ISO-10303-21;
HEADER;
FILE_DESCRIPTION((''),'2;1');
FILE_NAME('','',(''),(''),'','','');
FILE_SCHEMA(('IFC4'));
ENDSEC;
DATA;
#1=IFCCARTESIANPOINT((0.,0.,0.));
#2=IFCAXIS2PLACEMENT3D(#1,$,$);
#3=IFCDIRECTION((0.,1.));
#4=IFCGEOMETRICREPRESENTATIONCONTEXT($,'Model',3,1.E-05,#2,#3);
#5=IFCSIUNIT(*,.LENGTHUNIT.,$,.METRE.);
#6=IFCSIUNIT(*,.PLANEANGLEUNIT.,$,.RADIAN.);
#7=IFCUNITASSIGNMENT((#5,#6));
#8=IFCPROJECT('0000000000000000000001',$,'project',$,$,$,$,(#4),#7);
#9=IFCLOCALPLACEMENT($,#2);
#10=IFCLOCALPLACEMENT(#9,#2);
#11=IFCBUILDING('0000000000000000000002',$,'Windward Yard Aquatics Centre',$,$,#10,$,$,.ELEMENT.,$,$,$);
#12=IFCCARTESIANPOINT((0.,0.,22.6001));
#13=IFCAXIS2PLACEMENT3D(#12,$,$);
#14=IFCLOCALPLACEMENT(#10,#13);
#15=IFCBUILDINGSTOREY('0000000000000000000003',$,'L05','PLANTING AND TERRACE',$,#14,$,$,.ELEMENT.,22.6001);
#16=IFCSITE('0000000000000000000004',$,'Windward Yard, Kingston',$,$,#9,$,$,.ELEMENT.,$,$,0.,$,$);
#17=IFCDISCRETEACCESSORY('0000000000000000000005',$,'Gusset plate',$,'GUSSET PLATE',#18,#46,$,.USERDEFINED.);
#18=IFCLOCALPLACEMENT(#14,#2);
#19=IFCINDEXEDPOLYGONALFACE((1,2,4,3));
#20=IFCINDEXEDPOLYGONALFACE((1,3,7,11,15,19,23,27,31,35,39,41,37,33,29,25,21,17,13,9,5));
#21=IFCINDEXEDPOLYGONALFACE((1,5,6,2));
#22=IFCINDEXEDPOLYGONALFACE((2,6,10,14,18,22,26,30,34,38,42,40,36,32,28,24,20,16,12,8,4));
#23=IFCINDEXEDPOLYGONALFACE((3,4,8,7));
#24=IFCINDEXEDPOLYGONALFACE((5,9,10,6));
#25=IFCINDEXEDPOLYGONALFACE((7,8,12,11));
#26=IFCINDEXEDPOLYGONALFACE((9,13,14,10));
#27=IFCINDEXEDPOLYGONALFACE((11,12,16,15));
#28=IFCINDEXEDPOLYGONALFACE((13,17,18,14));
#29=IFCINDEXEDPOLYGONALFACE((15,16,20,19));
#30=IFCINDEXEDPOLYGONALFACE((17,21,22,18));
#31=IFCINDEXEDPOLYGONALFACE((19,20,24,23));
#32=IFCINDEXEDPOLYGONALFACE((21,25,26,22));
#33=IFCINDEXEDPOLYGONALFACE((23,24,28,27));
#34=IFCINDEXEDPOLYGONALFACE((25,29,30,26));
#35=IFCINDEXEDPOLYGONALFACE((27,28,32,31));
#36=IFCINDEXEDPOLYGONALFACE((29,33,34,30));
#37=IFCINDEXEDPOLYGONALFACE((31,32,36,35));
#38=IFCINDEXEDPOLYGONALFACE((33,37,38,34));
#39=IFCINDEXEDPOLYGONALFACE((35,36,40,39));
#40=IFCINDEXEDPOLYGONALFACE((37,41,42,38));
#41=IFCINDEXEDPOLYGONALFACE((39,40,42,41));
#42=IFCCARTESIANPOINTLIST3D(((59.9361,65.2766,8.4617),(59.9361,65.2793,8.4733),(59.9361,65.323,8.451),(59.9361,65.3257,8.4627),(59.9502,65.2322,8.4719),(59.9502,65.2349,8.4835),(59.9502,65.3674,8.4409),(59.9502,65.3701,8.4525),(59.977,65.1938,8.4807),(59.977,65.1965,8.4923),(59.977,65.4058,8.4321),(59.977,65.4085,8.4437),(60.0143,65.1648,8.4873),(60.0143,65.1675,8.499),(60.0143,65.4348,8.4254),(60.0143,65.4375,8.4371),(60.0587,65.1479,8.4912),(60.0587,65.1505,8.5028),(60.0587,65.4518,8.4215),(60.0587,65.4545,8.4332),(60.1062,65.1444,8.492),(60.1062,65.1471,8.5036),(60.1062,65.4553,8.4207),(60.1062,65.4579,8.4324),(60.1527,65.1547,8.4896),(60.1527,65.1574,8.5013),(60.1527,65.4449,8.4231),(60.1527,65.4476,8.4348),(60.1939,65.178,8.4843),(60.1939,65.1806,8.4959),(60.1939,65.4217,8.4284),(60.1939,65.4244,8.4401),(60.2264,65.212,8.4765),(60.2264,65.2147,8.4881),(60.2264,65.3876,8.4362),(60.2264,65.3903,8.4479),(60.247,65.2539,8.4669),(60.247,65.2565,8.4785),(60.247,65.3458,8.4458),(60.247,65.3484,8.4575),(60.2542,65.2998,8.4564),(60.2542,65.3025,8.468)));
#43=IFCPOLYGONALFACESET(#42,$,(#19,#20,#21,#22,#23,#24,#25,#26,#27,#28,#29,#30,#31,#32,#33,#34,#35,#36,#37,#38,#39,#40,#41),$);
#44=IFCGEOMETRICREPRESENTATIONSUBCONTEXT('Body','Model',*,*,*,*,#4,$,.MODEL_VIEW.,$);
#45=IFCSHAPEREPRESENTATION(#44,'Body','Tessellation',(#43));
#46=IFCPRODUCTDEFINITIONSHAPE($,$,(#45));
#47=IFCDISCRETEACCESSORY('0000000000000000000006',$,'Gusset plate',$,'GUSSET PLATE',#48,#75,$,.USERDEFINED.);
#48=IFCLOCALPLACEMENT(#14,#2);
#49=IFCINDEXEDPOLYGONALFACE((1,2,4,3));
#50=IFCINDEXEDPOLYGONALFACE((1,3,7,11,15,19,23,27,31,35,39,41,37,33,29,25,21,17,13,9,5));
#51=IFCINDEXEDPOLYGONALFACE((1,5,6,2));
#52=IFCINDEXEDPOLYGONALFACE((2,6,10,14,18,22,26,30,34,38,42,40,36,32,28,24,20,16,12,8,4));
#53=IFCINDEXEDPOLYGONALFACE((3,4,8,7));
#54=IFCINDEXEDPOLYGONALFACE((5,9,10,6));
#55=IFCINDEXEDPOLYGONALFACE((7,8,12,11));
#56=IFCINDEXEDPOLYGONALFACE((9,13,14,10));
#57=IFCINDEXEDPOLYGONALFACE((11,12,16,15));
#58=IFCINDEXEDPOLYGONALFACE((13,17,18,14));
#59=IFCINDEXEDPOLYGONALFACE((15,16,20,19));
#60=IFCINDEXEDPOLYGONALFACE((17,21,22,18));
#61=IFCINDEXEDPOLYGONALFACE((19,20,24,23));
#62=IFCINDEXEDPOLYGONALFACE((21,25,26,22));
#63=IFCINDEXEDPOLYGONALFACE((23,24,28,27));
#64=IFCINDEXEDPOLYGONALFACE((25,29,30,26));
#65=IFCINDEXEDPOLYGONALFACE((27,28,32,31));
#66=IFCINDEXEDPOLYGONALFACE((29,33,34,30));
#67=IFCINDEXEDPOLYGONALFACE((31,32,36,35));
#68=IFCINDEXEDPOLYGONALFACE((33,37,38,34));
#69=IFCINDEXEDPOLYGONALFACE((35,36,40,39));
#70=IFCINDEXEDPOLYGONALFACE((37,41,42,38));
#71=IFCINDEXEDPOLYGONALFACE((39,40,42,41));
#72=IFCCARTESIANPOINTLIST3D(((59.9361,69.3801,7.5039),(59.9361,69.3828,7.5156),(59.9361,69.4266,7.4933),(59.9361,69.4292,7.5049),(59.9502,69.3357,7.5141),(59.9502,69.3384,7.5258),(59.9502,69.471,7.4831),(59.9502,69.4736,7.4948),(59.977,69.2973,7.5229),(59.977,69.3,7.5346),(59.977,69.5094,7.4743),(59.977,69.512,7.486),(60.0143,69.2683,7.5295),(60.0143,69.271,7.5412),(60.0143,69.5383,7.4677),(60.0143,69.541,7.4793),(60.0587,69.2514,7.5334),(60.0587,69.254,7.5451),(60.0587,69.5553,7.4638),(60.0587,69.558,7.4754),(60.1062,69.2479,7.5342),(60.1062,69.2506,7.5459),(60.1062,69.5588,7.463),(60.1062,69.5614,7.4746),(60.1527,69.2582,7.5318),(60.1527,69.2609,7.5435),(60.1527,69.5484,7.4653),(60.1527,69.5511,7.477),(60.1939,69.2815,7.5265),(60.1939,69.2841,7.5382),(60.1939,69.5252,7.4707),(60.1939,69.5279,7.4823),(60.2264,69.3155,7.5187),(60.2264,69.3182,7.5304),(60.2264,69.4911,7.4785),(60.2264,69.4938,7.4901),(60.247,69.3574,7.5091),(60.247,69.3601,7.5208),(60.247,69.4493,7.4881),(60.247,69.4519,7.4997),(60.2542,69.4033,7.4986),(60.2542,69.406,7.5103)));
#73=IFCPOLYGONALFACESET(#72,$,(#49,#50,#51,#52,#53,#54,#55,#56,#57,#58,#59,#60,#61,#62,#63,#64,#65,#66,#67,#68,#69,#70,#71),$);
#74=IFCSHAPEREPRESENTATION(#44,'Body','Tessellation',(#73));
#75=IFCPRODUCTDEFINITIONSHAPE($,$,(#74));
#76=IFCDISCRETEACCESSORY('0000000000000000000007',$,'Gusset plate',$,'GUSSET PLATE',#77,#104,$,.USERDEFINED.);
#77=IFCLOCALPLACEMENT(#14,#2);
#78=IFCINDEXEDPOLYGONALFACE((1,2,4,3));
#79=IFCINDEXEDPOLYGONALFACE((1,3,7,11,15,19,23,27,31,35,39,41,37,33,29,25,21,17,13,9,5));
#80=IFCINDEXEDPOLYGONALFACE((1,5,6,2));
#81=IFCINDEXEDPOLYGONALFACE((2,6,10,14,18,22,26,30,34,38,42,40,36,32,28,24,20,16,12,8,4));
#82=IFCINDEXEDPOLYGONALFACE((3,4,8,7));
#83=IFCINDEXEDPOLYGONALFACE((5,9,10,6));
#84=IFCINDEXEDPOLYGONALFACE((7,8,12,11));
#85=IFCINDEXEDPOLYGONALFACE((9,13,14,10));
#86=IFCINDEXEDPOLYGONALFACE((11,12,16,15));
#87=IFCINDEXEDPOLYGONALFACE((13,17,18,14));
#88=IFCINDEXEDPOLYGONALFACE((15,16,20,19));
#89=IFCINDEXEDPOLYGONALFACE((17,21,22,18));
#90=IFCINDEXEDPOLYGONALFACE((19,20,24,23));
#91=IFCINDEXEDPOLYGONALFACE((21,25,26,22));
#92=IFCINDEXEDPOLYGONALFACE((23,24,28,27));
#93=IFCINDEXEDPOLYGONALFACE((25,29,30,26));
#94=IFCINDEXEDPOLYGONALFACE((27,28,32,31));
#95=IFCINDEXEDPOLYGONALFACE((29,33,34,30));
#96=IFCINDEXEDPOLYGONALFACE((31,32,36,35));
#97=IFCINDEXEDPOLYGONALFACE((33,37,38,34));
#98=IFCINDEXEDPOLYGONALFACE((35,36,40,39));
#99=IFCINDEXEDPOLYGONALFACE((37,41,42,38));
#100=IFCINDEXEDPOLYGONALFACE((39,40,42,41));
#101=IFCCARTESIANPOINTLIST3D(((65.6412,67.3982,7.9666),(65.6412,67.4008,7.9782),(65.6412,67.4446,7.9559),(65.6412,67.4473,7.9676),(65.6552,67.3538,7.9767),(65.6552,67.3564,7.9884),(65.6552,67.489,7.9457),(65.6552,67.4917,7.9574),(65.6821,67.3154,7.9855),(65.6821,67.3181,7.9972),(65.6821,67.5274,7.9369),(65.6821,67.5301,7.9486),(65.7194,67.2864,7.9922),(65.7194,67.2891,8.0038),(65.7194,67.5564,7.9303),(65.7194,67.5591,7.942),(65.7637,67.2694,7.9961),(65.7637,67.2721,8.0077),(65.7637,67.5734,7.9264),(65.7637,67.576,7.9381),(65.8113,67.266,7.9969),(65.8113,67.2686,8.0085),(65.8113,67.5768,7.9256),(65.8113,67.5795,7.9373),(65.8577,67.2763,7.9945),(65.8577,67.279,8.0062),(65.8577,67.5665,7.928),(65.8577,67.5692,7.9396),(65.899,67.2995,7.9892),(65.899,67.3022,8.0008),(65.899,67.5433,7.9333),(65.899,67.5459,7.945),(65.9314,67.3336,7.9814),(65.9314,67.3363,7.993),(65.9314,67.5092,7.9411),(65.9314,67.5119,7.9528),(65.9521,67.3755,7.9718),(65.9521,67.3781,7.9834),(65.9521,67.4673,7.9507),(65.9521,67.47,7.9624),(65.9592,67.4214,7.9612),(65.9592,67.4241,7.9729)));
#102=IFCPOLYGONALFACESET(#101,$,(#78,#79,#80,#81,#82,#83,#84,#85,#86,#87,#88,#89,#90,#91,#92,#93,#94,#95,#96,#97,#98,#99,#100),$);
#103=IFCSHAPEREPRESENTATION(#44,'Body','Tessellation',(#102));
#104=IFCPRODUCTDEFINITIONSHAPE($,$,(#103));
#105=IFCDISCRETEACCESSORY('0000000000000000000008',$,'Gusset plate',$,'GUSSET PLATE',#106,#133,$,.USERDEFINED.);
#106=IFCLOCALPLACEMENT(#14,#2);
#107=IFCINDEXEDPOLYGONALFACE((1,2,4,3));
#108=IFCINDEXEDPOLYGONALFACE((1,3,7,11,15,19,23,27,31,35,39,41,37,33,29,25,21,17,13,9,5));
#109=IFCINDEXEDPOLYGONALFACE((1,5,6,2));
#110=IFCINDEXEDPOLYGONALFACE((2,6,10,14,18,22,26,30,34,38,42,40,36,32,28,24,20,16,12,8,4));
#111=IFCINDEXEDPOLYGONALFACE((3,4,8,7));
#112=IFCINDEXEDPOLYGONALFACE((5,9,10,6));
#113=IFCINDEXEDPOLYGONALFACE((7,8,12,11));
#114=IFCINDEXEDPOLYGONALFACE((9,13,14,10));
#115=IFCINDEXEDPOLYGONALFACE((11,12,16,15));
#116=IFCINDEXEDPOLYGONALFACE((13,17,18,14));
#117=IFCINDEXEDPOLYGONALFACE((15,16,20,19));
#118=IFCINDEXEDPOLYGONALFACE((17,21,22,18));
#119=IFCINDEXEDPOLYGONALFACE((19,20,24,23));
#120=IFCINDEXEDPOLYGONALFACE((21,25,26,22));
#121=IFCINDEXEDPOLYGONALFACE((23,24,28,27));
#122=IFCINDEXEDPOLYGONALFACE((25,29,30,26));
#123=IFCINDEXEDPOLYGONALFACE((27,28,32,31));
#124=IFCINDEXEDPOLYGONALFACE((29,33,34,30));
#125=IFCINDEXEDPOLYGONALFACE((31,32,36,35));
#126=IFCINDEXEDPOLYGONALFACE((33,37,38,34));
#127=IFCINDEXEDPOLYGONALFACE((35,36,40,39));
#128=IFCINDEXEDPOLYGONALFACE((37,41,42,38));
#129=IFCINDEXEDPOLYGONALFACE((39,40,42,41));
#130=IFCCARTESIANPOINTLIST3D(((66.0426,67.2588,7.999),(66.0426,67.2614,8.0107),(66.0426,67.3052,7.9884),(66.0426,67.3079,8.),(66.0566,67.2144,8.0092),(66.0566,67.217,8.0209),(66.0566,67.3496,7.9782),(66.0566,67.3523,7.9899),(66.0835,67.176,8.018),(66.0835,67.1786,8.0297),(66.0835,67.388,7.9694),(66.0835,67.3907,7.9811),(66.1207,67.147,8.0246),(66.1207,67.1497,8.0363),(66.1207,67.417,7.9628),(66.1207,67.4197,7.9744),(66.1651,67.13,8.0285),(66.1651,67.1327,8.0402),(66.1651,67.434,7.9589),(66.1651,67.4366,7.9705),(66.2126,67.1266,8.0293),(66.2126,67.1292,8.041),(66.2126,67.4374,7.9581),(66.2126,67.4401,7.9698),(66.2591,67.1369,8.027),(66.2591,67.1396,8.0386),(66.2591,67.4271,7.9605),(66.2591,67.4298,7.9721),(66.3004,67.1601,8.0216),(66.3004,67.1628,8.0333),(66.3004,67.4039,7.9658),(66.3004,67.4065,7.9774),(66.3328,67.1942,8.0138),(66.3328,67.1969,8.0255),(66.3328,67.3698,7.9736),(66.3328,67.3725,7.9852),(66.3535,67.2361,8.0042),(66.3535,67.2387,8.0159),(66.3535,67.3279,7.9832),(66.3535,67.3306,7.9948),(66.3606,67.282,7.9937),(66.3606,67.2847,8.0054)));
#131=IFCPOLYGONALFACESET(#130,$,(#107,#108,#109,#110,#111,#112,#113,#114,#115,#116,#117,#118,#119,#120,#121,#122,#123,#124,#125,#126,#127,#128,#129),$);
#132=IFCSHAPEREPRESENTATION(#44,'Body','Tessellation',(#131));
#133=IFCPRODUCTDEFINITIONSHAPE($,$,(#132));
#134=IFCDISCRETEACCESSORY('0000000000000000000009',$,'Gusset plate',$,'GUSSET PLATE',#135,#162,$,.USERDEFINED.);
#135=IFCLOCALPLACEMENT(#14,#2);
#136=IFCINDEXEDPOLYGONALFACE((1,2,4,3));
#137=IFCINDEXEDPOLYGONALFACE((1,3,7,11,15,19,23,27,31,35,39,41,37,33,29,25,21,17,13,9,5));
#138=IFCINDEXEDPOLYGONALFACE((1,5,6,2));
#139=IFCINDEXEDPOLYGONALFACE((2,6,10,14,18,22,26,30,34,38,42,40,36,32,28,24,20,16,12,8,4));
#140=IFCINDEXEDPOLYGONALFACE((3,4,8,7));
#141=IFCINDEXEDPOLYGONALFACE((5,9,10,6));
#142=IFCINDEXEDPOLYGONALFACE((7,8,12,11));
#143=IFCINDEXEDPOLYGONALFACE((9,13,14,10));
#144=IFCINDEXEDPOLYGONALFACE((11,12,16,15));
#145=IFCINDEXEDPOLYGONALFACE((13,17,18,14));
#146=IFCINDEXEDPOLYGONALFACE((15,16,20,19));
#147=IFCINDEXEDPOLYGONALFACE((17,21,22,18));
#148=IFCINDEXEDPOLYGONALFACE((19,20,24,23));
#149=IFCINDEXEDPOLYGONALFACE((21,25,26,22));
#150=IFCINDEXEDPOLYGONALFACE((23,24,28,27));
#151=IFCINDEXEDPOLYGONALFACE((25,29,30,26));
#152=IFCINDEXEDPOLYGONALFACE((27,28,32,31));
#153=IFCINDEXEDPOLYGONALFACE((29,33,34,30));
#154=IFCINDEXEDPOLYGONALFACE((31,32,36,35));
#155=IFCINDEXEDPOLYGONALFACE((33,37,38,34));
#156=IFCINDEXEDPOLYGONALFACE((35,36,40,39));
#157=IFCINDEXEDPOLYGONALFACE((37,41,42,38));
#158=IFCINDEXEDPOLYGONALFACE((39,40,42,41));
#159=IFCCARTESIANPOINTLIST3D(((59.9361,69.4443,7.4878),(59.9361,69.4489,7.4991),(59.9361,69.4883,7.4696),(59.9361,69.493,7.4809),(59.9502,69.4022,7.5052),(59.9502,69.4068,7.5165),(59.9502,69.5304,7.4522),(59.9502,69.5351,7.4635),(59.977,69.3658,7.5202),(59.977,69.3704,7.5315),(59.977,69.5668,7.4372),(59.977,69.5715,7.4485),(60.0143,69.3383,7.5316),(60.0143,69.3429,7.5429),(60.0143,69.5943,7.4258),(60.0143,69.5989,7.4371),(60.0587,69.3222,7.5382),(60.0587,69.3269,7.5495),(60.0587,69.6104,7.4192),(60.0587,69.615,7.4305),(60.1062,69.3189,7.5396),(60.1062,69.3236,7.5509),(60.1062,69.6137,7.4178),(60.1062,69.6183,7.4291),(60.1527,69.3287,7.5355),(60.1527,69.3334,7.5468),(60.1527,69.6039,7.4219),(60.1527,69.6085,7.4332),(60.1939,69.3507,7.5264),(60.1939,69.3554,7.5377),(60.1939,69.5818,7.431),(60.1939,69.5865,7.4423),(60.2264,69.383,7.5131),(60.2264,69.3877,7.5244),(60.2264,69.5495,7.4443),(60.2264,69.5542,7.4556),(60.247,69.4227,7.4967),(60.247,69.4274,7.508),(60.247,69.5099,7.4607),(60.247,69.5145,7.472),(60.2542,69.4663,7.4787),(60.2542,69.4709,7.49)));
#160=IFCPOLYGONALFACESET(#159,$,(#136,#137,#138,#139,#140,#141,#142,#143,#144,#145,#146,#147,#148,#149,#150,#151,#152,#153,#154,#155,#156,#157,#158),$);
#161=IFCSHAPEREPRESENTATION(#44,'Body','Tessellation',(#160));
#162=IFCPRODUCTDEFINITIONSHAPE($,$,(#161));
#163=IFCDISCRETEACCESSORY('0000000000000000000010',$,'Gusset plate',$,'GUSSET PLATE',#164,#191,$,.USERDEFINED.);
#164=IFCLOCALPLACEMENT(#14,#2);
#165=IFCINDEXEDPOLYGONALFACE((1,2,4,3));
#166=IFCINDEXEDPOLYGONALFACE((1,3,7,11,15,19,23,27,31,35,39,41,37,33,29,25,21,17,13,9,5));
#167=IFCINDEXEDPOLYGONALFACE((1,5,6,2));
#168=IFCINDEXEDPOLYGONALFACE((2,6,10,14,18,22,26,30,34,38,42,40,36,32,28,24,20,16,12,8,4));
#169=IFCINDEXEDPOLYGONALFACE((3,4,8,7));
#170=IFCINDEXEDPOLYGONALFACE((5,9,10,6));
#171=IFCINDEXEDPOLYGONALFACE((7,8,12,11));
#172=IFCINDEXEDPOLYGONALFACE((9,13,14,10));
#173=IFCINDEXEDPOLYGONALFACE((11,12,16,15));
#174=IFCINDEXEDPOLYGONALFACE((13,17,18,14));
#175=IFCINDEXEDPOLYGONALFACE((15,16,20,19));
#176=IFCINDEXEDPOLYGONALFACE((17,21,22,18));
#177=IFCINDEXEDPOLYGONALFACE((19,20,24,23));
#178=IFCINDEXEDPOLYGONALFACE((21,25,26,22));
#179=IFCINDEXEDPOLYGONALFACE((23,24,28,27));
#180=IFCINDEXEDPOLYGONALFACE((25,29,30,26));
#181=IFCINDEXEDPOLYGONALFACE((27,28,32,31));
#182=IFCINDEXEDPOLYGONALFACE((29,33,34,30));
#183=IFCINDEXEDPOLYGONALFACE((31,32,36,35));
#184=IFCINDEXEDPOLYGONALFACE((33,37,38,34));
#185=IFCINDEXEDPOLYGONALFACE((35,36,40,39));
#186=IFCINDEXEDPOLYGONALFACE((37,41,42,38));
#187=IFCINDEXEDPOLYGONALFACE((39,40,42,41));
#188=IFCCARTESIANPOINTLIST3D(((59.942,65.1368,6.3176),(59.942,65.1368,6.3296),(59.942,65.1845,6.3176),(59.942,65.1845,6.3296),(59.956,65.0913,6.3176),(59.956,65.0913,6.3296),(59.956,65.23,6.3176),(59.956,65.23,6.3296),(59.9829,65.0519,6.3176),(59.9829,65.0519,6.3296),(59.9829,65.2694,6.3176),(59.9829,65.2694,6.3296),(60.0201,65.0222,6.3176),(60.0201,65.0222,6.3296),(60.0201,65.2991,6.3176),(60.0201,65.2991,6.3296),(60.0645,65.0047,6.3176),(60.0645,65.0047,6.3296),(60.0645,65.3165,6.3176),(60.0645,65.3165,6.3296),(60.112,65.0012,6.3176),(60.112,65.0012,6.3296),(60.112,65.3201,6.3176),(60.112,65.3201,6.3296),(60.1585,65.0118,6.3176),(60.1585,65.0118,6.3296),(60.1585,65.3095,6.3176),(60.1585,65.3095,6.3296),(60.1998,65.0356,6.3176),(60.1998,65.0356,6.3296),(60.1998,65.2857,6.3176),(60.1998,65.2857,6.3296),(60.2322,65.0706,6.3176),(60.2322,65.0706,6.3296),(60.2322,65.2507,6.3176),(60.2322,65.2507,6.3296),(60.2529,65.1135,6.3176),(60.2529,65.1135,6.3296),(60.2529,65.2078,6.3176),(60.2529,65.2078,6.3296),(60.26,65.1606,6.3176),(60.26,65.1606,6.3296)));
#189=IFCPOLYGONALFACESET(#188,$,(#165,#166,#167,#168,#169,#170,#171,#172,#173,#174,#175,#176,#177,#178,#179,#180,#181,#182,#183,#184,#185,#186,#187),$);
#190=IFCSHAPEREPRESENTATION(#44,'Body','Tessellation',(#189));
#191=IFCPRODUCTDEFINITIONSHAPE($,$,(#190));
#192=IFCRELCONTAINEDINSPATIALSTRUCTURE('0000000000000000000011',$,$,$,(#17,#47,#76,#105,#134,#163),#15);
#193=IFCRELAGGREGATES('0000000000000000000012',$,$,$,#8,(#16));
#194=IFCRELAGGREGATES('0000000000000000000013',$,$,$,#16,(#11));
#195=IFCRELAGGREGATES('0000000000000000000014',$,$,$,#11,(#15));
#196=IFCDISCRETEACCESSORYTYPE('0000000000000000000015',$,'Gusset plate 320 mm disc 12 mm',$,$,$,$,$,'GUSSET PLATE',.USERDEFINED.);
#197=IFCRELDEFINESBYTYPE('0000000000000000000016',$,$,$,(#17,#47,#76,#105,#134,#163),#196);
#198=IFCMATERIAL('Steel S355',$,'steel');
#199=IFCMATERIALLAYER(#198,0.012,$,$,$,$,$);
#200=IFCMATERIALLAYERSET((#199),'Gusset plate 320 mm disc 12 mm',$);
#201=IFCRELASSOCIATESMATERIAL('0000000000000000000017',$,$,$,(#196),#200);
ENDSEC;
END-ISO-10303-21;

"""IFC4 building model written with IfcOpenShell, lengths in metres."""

from ifc_helpers import new_model, si_unit, direction, frame, origin, origin_2d, place, context, subcontext, project, spatial, circle, extrude, material, layer, layer_set, type_object, element, save


model = new_model("IFC4")

# Units and contexts
model_context = context("Model", 3, precision=1e-05, world=origin(), true_north=direction((0.0, 1.0)))
body_context = subcontext(model_context, "Body", "Model", "MODEL_VIEW")
ifc_project = project(units=[si_unit("LENGTHUNIT", "METRE"), si_unit("PLANEANGLEUNIT", "RADIAN")], contexts=[model_context])

# Site, building, storey
site_placement = place(None, origin())
site = spatial("IfcSite", under=ifc_project, at=site_placement, Name="Windward Yard, Kingston", CompositionType="ELEMENT", RefElevation=0.0)
building_placement = place(site_placement, origin())
building = spatial("IfcBuilding", under=site, at=building_placement, Name="Windward Yard Aquatics Centre", CompositionType="ELEMENT")
storey_placement = place(building_placement, frame((0.0, 0.0, 22.6001)))
storey = spatial("IfcBuildingStorey", under=building, at=storey_placement, Name="L05", Description="PLANTING AND TERRACE", CompositionType="ELEMENT", Elevation=22.6001)

# Discrete accessories
ifc_material_1 = material(Name="Steel S355", Category="steel")
ifc_layer = layer(ifc_material_1, 0.012)
ifc_layer_set = layer_set([ifc_layer], Name="Gusset plate 320 mm disc 12 mm")
discrete_accessory_type = type_object("IfcDiscreteAccessoryType", Name="Gusset plate 320 mm disc 12 mm", ElementType="GUSSET PLATE", PredefinedType="USERDEFINED", material=ifc_layer_set)
for number, where, z_axis, x_axis, name in (
    (1, (60.0942, 65.3025, 8.468), (0.0, -0.223376, -0.974732), (1.0, 0.0, 0.0), "Gusset plate"),
    (2, (60.0942, 69.406, 7.5103), (0.0, -0.223376, -0.974732), (1.0, 0.0, 0.0), "Gusset plate"),
    (3, (65.7993, 67.4241, 7.9729), (0.0, -0.223376, -0.974732), (1.0, 0.0, 0.0), "Gusset plate"),
    (4, (66.2007, 67.2847, 8.0054), (0.0, -0.223376, -0.974732), (1.0, 0.0, 0.0), "Gusset plate"),
):
    element("IfcDiscreteAccessory", number, at=place(storey_placement, frame(where, z_axis=z_axis, x_axis=x_axis)), inside=storey, type_object=discrete_accessory_type, Name=name, ObjectType="GUSSET PLATE", PredefinedType="USERDEFINED", context=body_context, shape_type="SweptSolid", body=[
        extrude(circle(Radius=0.1599, at=origin_2d()), origin(), (0.0, 0.0, 1.0), 0.012),
    ])
discrete_accessory_1_placement = place(storey_placement, frame((60.0942, 69.4709, 7.49), z_axis=(0.0, -0.38176, -0.924261), x_axis=(1.0, 0.0, 0.0)))
element("IfcDiscreteAccessory", 5, at=discrete_accessory_1_placement, inside=storey, type_object=discrete_accessory_type, Name="Gusset plate", ObjectType="GUSSET PLATE", PredefinedType="USERDEFINED", context=body_context, shape_type="SweptSolid", body=[
    extrude(circle(Radius=0.1599, at=origin_2d()), origin(), (0.0, 0.0, 1.0), 0.0122),
])
for number, where, z_axis, x_axis, name in (
    (6, (60.1001, 65.1606, 6.3176), (0.0, 0.0, 1.0), (1.0, 0.0, 0.0), "Gusset plate"),
):
    element("IfcDiscreteAccessory", number, at=place(storey_placement, frame(where, z_axis=z_axis, x_axis=x_axis)), inside=storey, type_object=discrete_accessory_type, Name=name, ObjectType="GUSSET PLATE", PredefinedType="USERDEFINED", context=body_context, shape_type="SweptSolid", body=[
        extrude(circle(Radius=0.1599, at=origin_2d()), origin(), (0.0, 0.0, 1.0), 0.012),
    ])

save(model, "model.ifc")
